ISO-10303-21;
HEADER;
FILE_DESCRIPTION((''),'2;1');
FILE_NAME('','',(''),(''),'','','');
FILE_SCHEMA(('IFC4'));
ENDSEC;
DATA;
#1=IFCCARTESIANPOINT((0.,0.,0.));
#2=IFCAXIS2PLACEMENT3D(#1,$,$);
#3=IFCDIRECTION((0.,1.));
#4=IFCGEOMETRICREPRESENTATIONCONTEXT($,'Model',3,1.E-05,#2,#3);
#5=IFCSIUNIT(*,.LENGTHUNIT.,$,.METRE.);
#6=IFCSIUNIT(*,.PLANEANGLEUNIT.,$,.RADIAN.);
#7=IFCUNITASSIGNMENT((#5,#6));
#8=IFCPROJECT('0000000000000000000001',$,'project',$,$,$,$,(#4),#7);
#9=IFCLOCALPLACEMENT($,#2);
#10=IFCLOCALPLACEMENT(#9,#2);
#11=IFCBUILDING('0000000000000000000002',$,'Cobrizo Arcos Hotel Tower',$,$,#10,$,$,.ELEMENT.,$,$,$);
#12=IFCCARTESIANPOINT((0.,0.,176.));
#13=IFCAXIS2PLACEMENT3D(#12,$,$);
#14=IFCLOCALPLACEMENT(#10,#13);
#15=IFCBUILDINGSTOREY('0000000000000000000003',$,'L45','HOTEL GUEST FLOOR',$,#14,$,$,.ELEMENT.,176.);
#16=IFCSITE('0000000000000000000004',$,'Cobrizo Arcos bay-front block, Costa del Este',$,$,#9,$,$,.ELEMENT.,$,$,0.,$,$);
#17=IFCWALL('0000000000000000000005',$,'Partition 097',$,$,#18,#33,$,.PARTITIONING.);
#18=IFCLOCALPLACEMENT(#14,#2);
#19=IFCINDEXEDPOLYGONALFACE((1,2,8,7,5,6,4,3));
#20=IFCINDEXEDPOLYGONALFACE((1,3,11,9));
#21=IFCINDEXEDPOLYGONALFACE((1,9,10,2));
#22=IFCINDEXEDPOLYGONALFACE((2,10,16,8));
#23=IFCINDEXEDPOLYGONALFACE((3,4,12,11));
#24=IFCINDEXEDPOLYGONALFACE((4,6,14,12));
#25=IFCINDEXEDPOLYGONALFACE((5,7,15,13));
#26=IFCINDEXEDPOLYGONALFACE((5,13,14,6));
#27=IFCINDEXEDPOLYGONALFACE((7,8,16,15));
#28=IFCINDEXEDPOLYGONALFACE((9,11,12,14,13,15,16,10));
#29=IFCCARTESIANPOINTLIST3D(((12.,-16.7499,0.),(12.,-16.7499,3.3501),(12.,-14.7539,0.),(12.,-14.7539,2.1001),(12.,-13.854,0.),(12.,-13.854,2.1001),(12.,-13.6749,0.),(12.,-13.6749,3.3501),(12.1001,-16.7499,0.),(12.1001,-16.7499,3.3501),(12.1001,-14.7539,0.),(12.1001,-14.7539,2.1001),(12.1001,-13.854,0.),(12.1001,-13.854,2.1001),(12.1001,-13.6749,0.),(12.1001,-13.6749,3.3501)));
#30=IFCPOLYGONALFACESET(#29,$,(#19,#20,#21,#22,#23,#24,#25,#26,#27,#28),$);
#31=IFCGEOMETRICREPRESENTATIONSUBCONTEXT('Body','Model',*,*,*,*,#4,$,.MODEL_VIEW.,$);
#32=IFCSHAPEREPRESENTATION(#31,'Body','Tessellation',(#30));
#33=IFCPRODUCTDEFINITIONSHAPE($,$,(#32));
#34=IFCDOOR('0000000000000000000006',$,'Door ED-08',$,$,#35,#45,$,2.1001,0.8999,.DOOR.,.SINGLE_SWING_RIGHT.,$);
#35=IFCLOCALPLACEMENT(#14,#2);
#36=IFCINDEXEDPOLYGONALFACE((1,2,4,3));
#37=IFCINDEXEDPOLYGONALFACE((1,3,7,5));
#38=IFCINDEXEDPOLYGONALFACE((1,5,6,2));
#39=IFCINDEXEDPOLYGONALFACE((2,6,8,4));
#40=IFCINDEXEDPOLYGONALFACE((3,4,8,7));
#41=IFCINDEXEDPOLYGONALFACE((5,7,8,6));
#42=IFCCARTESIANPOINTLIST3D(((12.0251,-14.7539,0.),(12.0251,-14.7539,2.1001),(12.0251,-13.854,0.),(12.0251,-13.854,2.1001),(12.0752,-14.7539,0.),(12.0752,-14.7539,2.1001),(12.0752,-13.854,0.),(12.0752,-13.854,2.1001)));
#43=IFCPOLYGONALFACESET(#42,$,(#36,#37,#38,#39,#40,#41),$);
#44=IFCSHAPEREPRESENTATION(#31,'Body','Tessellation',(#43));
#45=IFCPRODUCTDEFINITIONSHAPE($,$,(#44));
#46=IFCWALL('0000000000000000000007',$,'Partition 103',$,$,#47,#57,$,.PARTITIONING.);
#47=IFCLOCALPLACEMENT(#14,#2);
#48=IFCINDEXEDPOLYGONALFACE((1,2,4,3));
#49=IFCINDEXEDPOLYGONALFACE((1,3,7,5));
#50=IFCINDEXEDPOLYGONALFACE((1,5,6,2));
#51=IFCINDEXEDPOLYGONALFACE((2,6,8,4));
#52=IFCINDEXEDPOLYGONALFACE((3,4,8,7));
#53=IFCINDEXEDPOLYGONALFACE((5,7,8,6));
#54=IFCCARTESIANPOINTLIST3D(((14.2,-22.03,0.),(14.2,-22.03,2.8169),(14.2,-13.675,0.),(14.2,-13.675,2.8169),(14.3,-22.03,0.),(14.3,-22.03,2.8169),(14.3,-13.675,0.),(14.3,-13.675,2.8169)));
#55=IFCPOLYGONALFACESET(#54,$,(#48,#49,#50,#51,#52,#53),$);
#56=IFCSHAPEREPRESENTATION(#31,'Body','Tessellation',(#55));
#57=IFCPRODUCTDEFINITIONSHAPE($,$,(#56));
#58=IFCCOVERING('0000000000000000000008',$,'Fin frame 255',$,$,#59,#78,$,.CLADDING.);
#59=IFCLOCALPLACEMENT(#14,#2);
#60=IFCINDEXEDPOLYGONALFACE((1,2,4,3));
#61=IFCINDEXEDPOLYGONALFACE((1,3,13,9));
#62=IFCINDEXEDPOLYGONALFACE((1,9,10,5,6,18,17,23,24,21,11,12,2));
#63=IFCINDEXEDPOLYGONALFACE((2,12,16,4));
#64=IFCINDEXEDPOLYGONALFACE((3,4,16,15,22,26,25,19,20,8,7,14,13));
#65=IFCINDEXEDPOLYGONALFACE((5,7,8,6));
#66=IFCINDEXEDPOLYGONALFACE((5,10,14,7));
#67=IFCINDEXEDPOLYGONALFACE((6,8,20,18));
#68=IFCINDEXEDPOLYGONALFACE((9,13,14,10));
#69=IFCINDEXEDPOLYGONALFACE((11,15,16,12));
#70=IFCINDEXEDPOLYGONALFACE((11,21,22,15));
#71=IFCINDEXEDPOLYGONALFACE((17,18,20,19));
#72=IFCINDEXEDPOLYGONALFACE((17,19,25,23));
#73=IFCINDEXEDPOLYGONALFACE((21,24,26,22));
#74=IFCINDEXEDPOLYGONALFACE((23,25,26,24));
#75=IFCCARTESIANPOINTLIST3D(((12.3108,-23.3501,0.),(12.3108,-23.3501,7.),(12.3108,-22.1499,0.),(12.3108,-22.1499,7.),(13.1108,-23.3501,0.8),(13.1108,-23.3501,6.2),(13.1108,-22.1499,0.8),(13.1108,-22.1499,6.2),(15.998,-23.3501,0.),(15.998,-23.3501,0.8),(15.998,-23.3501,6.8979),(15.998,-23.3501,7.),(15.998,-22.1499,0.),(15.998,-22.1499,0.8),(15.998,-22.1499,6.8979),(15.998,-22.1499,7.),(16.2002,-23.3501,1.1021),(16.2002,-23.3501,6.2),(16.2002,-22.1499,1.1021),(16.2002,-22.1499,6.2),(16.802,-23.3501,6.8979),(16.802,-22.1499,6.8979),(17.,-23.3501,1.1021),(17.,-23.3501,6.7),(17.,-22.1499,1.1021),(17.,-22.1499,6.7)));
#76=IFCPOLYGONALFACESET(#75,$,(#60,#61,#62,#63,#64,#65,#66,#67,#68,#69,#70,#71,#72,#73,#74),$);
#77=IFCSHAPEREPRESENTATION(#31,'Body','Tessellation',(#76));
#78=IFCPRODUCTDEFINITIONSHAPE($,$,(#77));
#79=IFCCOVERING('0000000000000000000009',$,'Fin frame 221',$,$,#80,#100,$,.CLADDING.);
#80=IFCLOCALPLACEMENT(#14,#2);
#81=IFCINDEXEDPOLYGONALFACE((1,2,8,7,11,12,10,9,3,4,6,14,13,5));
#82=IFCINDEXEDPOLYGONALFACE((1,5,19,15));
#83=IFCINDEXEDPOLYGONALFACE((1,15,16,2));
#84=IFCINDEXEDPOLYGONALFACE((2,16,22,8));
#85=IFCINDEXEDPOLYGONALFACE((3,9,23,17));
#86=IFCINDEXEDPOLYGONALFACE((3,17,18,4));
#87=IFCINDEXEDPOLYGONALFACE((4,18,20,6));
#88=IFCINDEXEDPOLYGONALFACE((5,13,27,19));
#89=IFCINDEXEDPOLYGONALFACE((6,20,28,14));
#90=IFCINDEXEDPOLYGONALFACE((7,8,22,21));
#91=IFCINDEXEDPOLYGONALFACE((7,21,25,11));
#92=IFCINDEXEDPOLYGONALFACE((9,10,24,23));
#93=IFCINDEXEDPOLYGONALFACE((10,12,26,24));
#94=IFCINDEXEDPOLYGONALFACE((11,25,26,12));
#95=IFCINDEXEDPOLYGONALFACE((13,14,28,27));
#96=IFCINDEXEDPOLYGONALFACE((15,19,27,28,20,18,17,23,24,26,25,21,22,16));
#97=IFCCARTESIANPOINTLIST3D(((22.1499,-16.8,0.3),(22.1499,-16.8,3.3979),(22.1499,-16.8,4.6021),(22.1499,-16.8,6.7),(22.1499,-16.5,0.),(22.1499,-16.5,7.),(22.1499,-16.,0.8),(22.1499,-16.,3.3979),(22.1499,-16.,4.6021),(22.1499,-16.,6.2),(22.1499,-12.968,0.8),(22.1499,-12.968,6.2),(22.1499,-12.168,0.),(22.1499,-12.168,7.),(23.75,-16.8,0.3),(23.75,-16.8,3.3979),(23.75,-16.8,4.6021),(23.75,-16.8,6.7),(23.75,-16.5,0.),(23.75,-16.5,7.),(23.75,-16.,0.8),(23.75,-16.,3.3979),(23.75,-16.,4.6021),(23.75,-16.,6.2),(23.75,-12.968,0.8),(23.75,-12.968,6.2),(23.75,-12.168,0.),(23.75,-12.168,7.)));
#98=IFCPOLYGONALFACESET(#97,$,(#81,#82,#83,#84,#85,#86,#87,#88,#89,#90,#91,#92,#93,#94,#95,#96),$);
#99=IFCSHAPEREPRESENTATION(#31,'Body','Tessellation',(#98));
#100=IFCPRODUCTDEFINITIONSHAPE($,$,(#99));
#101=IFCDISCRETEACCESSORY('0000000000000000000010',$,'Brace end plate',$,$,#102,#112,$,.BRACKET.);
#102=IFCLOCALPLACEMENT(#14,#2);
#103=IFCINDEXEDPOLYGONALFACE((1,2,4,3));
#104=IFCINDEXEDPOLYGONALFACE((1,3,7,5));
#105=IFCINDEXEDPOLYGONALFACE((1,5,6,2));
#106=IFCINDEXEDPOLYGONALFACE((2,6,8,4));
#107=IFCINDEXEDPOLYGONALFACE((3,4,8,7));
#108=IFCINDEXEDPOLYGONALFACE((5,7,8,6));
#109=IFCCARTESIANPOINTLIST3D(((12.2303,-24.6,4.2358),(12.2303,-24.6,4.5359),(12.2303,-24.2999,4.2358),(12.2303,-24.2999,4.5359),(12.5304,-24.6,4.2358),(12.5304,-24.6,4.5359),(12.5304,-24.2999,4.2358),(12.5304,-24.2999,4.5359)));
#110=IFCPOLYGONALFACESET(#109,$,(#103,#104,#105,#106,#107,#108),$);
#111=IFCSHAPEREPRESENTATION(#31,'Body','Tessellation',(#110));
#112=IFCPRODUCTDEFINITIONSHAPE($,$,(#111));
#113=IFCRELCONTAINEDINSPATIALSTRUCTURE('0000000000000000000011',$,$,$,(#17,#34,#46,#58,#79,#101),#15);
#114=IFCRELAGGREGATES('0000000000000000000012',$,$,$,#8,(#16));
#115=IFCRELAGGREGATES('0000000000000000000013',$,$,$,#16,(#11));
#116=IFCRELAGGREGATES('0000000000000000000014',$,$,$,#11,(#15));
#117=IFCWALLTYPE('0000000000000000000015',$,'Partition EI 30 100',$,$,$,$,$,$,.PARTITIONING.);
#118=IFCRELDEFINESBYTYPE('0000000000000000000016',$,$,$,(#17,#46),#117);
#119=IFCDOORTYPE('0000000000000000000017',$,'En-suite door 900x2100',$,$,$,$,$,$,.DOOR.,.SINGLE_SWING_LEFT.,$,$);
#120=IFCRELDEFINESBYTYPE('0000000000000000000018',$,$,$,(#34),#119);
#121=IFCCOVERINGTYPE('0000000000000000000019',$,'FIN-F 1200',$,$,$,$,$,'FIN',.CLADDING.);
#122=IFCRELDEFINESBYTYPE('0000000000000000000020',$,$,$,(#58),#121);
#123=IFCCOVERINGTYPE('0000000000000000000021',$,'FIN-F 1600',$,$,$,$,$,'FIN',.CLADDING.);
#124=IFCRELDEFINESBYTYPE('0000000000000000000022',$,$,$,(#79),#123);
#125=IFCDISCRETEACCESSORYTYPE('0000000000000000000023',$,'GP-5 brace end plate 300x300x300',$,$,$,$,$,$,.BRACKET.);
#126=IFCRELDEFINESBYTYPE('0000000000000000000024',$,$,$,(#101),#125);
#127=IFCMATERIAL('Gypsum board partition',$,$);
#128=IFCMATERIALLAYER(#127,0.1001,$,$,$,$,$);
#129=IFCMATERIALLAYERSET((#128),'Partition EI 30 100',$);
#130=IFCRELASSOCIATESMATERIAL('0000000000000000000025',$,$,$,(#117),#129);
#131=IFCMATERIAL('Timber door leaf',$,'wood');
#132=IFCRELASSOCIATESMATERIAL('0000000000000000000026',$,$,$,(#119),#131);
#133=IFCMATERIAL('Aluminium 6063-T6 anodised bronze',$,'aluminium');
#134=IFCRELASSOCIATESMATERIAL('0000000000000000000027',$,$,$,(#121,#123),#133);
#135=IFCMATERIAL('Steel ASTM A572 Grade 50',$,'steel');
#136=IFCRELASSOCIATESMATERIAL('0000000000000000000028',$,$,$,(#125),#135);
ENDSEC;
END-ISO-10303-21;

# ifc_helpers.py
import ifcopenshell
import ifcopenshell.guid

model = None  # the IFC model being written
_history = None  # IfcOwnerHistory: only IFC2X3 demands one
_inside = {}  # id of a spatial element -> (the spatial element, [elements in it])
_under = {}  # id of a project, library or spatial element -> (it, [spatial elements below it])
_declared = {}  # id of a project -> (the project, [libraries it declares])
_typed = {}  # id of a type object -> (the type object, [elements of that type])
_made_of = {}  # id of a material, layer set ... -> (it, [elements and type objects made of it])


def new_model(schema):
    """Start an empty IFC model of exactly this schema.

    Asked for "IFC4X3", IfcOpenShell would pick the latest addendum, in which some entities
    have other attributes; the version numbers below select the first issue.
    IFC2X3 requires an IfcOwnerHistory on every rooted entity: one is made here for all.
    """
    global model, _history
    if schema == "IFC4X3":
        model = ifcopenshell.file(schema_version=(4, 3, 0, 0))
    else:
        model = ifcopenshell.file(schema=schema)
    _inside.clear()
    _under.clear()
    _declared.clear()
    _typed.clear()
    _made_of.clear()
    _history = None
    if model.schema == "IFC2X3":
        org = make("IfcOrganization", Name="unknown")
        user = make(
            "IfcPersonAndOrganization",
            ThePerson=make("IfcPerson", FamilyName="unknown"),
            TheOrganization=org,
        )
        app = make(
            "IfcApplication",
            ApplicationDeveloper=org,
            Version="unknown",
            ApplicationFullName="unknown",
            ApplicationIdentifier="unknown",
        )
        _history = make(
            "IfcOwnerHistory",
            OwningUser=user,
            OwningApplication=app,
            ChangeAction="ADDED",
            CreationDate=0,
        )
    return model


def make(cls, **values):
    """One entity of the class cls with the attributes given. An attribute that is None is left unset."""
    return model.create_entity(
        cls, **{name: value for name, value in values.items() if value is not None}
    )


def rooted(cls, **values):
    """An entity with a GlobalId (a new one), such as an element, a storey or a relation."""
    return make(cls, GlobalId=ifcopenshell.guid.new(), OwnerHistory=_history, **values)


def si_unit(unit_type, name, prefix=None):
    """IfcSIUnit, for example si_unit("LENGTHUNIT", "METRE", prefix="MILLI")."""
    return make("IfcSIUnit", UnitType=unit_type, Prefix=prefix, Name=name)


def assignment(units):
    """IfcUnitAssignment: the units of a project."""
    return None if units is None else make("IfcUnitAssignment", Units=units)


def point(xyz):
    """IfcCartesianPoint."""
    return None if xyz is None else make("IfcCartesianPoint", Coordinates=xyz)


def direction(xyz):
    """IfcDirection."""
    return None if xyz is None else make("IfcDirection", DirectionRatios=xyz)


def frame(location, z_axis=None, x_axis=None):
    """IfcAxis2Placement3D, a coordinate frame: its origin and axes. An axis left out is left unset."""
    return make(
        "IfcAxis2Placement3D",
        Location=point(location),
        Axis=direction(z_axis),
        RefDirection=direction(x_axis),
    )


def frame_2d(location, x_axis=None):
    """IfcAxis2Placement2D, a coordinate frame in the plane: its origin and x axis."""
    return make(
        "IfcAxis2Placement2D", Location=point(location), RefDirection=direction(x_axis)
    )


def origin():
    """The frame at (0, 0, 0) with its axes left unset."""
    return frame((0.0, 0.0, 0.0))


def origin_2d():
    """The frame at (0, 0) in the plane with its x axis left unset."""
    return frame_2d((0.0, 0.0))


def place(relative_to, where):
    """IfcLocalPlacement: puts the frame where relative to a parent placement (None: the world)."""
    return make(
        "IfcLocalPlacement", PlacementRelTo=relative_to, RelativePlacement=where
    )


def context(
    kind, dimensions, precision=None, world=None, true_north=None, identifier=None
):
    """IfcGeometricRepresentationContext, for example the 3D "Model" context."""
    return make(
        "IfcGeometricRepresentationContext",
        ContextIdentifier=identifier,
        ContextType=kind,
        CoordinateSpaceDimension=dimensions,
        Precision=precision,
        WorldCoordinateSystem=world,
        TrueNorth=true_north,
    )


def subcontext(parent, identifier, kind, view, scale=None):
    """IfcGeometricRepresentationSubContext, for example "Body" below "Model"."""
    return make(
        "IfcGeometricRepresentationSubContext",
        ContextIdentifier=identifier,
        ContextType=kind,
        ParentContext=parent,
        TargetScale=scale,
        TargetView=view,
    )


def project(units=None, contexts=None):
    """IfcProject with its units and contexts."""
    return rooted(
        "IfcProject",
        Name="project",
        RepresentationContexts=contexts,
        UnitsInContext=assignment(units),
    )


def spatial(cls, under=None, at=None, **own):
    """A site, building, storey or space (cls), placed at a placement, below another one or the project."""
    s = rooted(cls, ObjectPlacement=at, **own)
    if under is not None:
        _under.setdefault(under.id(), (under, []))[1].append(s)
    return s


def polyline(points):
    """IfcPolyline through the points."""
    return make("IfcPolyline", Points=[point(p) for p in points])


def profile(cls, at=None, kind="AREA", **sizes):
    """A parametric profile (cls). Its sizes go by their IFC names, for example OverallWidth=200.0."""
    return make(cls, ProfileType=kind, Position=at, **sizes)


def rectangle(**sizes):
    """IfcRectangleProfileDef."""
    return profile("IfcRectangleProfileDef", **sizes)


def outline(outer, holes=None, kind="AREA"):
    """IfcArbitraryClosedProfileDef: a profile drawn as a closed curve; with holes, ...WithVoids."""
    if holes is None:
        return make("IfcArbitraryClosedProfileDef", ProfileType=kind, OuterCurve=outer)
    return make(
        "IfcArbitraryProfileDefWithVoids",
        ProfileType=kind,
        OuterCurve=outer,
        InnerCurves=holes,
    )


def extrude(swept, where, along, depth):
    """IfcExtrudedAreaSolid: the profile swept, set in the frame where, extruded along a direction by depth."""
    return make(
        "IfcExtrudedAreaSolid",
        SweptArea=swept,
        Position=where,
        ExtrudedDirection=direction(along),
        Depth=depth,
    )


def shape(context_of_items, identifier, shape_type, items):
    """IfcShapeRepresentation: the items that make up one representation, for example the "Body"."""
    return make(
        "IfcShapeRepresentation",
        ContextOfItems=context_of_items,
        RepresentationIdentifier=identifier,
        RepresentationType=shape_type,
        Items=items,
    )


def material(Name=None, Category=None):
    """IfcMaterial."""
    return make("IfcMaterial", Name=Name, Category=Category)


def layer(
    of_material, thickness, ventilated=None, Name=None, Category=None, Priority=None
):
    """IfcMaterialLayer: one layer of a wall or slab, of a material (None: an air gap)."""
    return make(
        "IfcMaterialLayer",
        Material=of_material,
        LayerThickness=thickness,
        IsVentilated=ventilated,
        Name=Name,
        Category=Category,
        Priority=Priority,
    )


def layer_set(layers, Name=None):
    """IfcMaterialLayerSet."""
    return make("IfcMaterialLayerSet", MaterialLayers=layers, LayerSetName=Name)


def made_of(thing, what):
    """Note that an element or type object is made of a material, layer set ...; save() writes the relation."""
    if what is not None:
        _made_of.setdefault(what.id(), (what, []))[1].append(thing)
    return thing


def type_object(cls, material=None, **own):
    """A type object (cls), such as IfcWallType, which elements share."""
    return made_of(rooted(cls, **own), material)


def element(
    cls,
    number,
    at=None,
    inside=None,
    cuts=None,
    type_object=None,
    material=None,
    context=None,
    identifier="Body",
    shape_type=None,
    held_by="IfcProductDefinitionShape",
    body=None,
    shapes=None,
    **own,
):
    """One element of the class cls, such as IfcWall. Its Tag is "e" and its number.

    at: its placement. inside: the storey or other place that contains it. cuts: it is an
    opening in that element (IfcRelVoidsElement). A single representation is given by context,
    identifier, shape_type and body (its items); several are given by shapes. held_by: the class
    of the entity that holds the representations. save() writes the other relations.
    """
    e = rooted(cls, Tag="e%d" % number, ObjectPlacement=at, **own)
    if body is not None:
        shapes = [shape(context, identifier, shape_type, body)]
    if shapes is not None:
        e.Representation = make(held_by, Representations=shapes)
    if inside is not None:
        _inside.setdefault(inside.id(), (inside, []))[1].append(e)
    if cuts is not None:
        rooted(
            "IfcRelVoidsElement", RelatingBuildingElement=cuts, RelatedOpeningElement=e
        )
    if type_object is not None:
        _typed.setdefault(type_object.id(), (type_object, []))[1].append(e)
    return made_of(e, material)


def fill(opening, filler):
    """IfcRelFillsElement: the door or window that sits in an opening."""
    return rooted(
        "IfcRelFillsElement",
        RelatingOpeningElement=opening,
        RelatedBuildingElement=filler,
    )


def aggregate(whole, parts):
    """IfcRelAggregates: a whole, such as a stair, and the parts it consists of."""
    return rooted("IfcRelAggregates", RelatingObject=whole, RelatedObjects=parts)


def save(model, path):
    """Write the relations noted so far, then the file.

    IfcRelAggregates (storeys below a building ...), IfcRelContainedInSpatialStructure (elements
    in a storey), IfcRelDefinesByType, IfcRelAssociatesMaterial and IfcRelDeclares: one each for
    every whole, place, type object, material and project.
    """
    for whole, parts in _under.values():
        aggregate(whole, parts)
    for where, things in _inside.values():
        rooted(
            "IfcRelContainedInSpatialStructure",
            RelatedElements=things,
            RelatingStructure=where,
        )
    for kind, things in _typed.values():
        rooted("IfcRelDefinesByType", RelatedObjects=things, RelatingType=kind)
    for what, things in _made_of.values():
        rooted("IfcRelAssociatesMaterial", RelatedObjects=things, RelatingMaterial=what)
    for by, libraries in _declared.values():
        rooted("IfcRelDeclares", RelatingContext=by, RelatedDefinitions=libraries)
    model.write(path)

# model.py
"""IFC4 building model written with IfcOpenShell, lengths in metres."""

from ifc_helpers import new_model, si_unit, direction, frame, frame_2d, origin, origin_2d, place, context, subcontext, project, spatial, polyline, rectangle, outline, extrude, material, layer, layer_set, type_object, element, fill, save


model = new_model("IFC4")

# Units and contexts
model_context = context("Model", 3, precision=1e-05, world=origin(), true_north=direction((0.0, 1.0)))
body_context = subcontext(model_context, "Body", "Model", "MODEL_VIEW")
ifc_project = project(units=[si_unit("LENGTHUNIT", "METRE"), si_unit("PLANEANGLEUNIT", "RADIAN")], contexts=[model_context])

# Site, building, storey
site_placement = place(None, origin())
site = spatial("IfcSite", under=ifc_project, at=site_placement, Name="Cobrizo Arcos bay-front block, Costa del Este", CompositionType="ELEMENT", RefElevation=0.0)
building_placement = place(site_placement, origin())
building = spatial("IfcBuilding", under=site, at=building_placement, Name="Cobrizo Arcos Hotel Tower", CompositionType="ELEMENT")
storey_placement = place(building_placement, frame((0.0, 0.0, 176.0)))
storey = spatial("IfcBuildingStorey", under=building, at=storey_placement, Name="L45", Description="HOTEL GUEST FLOOR", CompositionType="ELEMENT", Elevation=176.0)

# Shared definitions
ifc_material_1 = material(Name="Steel ASTM A572 Grade 50", Category="steel")

# Shared definitions
ifc_material_2 = material(Name="Aluminium 6063-T6 anodised bronze", Category="aluminium")

# Wall, opening, door
ifc_material_3 = material(Name="Gypsum board partition")
ifc_layer_1 = layer(ifc_material_3, 0.1001)
ifc_layer_set_1 = layer_set([ifc_layer_1], Name="Partition EI 30 100")
wall_type = type_object("IfcWallType", Name="Partition EI 30 100", PredefinedType="PARTITIONING", material=ifc_layer_set_1)
ifc_material_4 = material(Name="Timber door leaf", Category="wood")
door_type = type_object("IfcDoorType", Name="En-suite door 900x2100", OperationType="SINGLE_SWING_LEFT", PredefinedType="DOOR", material=ifc_material_4)
wall_1_placement = place(storey_placement, frame((12.05, -16.75, 0.0), z_axis=(0.0, 0.0, 1.0), x_axis=(0.0, 1.0, 0.0)))
wall_1 = element("IfcWall", 1, at=wall_1_placement, inside=storey, type_object=wall_type, Name="Partition 097", PredefinedType="PARTITIONING", context=body_context, shape_type="SweptSolid", body=[
    extrude(rectangle(XDim=3.075, YDim=0.1001, at=frame_2d((1.5376, 0.0))), origin(), (0.0, 0.0, 1.0), 3.3501),
])
opening_1_placement = place(wall_1_placement, frame((1.9961, 0.0, 0.0)))
opening_1 = element("IfcOpeningElement", 2, at=opening_1_placement, cuts=wall_1, PredefinedType="OPENING", context=body_context, shape_type="SweptSolid", body=[
    extrude(rectangle(XDim=0.8999, YDim=2.1001, at=frame_2d((0.45, 1.05))), frame((0.0, 0.062, 0.0), z_axis=(0.0, -1.0, 0.0), x_axis=(1.0, 0.0, 0.0)), (0.0, 0.0, 1.0), 0.124),
])
door_1_placement = place(opening_1_placement, origin())
door_1 = element("IfcDoor", 3, at=door_1_placement, inside=storey, type_object=door_type, Name="Door ED-08", OperationType="SINGLE_SWING_RIGHT", OverallHeight=2.1001, OverallWidth=0.8999, PredefinedType="DOOR", context=body_context, shape_type="SweptSolid", body=[
    extrude(rectangle(XDim=0.8999, YDim=2.1001, at=frame_2d((0.45, 1.05))), frame((0.0, 0.0249, 0.0), z_axis=(0.0, -1.0, 0.0), x_axis=(1.0, 0.0, 0.0)), (0.0, 0.0, 1.0), 0.05),
])
fill(opening_1, door_1)

# Wall
wall_2_placement = place(storey_placement, frame((14.25, -22.03, 0.0), z_axis=(0.0, 0.0, 1.0), x_axis=(0.0, 1.0, 0.0)))
element("IfcWall", 4, at=wall_2_placement, inside=storey, type_object=wall_type, Name="Partition 103", PredefinedType="PARTITIONING", context=body_context, shape_type="SweptSolid", body=[
    extrude(rectangle(XDim=8.355, YDim=0.1001, at=frame_2d((4.1775, 0.0))), origin(), (0.0, 0.0, 1.0), 2.8169),
])

# Coverings
covering_type_1 = type_object("IfcCoveringType", Name="FIN-F 1200", ElementType="FIN", PredefinedType="CLADDING", material=ifc_material_2)
covering_1_placement = place(storey_placement, frame((12.3108, -22.1499, 0.0), z_axis=(0.0, -1.0, 0.0), x_axis=(1.0, 0.0, 0.0)))
element("IfcCovering", 5, at=covering_1_placement, inside=storey, type_object=covering_type_1, Name="Fin frame 255", PredefinedType="CLADDING", context=body_context, shape_type="SweptSolid", body=[
    extrude(outline(polyline([(0.0, 0.0), (3.6873, 0.0), (3.6873, 0.8), (0.8, 0.8), (0.8, 6.2), (3.8894, 6.2), (3.8894, 1.1021), (4.6892, 1.1021), (4.6892, 6.7), (4.4912, 6.8979), (3.6873, 6.8979), (3.6873, 7.0), (0.0, 7.0), (0.0, 0.0)])), origin(), (0.0, 0.0, 1.0), 1.2002),
])
covering_type_2 = type_object("IfcCoveringType", Name="FIN-F 1600", ElementType="FIN", PredefinedType="CLADDING", material=ifc_material_2)
covering_2_placement = place(storey_placement, frame((22.1499, -16.8, 0.0), z_axis=(1.0, 0.0, 0.0), x_axis=(0.0, 1.0, 0.0)))
element("IfcCovering", 6, at=covering_2_placement, inside=storey, type_object=covering_type_2, Name="Fin frame 221", PredefinedType="CLADDING", context=body_context, shape_type="SweptSolid", body=[
    extrude(outline(polyline([(0.0, 6.7), (0.0, 4.6021), (0.8, 4.6021), (0.8, 6.2), (3.832, 6.2), (3.832, 0.8), (0.8, 0.8), (0.8, 3.3979), (0.0, 3.3979), (0.0, 0.3), (0.3, 0.0), (4.6321, 0.0), (4.6321, 7.0), (0.3, 7.0), (0.0, 6.7)])), origin(), (0.0, 0.0, 1.0), 1.6001),
])

# Discrete accessory
discrete_accessory_type = type_object("IfcDiscreteAccessoryType", Name="GP-5 brace end plate 300x300x300", PredefinedType="BRACKET", material=ifc_material_1)
discrete_accessory_placement = place(storey_placement, frame((12.3804, -24.45, 4.2358), z_axis=(0.0, 0.0, 1.0), x_axis=(1.0, 0.0, 0.0)))
element("IfcDiscreteAccessory", 7, at=discrete_accessory_placement, inside=storey, type_object=discrete_accessory_type, Name="Brace end plate", PredefinedType="BRACKET", context=body_context, shape_type="SweptSolid", body=[
    extrude(rectangle(XDim=0.3, YDim=0.3, at=origin_2d()), origin(), (0.0, 0.0, 1.0), 0.3),
])

save(model, "model.ifc")
